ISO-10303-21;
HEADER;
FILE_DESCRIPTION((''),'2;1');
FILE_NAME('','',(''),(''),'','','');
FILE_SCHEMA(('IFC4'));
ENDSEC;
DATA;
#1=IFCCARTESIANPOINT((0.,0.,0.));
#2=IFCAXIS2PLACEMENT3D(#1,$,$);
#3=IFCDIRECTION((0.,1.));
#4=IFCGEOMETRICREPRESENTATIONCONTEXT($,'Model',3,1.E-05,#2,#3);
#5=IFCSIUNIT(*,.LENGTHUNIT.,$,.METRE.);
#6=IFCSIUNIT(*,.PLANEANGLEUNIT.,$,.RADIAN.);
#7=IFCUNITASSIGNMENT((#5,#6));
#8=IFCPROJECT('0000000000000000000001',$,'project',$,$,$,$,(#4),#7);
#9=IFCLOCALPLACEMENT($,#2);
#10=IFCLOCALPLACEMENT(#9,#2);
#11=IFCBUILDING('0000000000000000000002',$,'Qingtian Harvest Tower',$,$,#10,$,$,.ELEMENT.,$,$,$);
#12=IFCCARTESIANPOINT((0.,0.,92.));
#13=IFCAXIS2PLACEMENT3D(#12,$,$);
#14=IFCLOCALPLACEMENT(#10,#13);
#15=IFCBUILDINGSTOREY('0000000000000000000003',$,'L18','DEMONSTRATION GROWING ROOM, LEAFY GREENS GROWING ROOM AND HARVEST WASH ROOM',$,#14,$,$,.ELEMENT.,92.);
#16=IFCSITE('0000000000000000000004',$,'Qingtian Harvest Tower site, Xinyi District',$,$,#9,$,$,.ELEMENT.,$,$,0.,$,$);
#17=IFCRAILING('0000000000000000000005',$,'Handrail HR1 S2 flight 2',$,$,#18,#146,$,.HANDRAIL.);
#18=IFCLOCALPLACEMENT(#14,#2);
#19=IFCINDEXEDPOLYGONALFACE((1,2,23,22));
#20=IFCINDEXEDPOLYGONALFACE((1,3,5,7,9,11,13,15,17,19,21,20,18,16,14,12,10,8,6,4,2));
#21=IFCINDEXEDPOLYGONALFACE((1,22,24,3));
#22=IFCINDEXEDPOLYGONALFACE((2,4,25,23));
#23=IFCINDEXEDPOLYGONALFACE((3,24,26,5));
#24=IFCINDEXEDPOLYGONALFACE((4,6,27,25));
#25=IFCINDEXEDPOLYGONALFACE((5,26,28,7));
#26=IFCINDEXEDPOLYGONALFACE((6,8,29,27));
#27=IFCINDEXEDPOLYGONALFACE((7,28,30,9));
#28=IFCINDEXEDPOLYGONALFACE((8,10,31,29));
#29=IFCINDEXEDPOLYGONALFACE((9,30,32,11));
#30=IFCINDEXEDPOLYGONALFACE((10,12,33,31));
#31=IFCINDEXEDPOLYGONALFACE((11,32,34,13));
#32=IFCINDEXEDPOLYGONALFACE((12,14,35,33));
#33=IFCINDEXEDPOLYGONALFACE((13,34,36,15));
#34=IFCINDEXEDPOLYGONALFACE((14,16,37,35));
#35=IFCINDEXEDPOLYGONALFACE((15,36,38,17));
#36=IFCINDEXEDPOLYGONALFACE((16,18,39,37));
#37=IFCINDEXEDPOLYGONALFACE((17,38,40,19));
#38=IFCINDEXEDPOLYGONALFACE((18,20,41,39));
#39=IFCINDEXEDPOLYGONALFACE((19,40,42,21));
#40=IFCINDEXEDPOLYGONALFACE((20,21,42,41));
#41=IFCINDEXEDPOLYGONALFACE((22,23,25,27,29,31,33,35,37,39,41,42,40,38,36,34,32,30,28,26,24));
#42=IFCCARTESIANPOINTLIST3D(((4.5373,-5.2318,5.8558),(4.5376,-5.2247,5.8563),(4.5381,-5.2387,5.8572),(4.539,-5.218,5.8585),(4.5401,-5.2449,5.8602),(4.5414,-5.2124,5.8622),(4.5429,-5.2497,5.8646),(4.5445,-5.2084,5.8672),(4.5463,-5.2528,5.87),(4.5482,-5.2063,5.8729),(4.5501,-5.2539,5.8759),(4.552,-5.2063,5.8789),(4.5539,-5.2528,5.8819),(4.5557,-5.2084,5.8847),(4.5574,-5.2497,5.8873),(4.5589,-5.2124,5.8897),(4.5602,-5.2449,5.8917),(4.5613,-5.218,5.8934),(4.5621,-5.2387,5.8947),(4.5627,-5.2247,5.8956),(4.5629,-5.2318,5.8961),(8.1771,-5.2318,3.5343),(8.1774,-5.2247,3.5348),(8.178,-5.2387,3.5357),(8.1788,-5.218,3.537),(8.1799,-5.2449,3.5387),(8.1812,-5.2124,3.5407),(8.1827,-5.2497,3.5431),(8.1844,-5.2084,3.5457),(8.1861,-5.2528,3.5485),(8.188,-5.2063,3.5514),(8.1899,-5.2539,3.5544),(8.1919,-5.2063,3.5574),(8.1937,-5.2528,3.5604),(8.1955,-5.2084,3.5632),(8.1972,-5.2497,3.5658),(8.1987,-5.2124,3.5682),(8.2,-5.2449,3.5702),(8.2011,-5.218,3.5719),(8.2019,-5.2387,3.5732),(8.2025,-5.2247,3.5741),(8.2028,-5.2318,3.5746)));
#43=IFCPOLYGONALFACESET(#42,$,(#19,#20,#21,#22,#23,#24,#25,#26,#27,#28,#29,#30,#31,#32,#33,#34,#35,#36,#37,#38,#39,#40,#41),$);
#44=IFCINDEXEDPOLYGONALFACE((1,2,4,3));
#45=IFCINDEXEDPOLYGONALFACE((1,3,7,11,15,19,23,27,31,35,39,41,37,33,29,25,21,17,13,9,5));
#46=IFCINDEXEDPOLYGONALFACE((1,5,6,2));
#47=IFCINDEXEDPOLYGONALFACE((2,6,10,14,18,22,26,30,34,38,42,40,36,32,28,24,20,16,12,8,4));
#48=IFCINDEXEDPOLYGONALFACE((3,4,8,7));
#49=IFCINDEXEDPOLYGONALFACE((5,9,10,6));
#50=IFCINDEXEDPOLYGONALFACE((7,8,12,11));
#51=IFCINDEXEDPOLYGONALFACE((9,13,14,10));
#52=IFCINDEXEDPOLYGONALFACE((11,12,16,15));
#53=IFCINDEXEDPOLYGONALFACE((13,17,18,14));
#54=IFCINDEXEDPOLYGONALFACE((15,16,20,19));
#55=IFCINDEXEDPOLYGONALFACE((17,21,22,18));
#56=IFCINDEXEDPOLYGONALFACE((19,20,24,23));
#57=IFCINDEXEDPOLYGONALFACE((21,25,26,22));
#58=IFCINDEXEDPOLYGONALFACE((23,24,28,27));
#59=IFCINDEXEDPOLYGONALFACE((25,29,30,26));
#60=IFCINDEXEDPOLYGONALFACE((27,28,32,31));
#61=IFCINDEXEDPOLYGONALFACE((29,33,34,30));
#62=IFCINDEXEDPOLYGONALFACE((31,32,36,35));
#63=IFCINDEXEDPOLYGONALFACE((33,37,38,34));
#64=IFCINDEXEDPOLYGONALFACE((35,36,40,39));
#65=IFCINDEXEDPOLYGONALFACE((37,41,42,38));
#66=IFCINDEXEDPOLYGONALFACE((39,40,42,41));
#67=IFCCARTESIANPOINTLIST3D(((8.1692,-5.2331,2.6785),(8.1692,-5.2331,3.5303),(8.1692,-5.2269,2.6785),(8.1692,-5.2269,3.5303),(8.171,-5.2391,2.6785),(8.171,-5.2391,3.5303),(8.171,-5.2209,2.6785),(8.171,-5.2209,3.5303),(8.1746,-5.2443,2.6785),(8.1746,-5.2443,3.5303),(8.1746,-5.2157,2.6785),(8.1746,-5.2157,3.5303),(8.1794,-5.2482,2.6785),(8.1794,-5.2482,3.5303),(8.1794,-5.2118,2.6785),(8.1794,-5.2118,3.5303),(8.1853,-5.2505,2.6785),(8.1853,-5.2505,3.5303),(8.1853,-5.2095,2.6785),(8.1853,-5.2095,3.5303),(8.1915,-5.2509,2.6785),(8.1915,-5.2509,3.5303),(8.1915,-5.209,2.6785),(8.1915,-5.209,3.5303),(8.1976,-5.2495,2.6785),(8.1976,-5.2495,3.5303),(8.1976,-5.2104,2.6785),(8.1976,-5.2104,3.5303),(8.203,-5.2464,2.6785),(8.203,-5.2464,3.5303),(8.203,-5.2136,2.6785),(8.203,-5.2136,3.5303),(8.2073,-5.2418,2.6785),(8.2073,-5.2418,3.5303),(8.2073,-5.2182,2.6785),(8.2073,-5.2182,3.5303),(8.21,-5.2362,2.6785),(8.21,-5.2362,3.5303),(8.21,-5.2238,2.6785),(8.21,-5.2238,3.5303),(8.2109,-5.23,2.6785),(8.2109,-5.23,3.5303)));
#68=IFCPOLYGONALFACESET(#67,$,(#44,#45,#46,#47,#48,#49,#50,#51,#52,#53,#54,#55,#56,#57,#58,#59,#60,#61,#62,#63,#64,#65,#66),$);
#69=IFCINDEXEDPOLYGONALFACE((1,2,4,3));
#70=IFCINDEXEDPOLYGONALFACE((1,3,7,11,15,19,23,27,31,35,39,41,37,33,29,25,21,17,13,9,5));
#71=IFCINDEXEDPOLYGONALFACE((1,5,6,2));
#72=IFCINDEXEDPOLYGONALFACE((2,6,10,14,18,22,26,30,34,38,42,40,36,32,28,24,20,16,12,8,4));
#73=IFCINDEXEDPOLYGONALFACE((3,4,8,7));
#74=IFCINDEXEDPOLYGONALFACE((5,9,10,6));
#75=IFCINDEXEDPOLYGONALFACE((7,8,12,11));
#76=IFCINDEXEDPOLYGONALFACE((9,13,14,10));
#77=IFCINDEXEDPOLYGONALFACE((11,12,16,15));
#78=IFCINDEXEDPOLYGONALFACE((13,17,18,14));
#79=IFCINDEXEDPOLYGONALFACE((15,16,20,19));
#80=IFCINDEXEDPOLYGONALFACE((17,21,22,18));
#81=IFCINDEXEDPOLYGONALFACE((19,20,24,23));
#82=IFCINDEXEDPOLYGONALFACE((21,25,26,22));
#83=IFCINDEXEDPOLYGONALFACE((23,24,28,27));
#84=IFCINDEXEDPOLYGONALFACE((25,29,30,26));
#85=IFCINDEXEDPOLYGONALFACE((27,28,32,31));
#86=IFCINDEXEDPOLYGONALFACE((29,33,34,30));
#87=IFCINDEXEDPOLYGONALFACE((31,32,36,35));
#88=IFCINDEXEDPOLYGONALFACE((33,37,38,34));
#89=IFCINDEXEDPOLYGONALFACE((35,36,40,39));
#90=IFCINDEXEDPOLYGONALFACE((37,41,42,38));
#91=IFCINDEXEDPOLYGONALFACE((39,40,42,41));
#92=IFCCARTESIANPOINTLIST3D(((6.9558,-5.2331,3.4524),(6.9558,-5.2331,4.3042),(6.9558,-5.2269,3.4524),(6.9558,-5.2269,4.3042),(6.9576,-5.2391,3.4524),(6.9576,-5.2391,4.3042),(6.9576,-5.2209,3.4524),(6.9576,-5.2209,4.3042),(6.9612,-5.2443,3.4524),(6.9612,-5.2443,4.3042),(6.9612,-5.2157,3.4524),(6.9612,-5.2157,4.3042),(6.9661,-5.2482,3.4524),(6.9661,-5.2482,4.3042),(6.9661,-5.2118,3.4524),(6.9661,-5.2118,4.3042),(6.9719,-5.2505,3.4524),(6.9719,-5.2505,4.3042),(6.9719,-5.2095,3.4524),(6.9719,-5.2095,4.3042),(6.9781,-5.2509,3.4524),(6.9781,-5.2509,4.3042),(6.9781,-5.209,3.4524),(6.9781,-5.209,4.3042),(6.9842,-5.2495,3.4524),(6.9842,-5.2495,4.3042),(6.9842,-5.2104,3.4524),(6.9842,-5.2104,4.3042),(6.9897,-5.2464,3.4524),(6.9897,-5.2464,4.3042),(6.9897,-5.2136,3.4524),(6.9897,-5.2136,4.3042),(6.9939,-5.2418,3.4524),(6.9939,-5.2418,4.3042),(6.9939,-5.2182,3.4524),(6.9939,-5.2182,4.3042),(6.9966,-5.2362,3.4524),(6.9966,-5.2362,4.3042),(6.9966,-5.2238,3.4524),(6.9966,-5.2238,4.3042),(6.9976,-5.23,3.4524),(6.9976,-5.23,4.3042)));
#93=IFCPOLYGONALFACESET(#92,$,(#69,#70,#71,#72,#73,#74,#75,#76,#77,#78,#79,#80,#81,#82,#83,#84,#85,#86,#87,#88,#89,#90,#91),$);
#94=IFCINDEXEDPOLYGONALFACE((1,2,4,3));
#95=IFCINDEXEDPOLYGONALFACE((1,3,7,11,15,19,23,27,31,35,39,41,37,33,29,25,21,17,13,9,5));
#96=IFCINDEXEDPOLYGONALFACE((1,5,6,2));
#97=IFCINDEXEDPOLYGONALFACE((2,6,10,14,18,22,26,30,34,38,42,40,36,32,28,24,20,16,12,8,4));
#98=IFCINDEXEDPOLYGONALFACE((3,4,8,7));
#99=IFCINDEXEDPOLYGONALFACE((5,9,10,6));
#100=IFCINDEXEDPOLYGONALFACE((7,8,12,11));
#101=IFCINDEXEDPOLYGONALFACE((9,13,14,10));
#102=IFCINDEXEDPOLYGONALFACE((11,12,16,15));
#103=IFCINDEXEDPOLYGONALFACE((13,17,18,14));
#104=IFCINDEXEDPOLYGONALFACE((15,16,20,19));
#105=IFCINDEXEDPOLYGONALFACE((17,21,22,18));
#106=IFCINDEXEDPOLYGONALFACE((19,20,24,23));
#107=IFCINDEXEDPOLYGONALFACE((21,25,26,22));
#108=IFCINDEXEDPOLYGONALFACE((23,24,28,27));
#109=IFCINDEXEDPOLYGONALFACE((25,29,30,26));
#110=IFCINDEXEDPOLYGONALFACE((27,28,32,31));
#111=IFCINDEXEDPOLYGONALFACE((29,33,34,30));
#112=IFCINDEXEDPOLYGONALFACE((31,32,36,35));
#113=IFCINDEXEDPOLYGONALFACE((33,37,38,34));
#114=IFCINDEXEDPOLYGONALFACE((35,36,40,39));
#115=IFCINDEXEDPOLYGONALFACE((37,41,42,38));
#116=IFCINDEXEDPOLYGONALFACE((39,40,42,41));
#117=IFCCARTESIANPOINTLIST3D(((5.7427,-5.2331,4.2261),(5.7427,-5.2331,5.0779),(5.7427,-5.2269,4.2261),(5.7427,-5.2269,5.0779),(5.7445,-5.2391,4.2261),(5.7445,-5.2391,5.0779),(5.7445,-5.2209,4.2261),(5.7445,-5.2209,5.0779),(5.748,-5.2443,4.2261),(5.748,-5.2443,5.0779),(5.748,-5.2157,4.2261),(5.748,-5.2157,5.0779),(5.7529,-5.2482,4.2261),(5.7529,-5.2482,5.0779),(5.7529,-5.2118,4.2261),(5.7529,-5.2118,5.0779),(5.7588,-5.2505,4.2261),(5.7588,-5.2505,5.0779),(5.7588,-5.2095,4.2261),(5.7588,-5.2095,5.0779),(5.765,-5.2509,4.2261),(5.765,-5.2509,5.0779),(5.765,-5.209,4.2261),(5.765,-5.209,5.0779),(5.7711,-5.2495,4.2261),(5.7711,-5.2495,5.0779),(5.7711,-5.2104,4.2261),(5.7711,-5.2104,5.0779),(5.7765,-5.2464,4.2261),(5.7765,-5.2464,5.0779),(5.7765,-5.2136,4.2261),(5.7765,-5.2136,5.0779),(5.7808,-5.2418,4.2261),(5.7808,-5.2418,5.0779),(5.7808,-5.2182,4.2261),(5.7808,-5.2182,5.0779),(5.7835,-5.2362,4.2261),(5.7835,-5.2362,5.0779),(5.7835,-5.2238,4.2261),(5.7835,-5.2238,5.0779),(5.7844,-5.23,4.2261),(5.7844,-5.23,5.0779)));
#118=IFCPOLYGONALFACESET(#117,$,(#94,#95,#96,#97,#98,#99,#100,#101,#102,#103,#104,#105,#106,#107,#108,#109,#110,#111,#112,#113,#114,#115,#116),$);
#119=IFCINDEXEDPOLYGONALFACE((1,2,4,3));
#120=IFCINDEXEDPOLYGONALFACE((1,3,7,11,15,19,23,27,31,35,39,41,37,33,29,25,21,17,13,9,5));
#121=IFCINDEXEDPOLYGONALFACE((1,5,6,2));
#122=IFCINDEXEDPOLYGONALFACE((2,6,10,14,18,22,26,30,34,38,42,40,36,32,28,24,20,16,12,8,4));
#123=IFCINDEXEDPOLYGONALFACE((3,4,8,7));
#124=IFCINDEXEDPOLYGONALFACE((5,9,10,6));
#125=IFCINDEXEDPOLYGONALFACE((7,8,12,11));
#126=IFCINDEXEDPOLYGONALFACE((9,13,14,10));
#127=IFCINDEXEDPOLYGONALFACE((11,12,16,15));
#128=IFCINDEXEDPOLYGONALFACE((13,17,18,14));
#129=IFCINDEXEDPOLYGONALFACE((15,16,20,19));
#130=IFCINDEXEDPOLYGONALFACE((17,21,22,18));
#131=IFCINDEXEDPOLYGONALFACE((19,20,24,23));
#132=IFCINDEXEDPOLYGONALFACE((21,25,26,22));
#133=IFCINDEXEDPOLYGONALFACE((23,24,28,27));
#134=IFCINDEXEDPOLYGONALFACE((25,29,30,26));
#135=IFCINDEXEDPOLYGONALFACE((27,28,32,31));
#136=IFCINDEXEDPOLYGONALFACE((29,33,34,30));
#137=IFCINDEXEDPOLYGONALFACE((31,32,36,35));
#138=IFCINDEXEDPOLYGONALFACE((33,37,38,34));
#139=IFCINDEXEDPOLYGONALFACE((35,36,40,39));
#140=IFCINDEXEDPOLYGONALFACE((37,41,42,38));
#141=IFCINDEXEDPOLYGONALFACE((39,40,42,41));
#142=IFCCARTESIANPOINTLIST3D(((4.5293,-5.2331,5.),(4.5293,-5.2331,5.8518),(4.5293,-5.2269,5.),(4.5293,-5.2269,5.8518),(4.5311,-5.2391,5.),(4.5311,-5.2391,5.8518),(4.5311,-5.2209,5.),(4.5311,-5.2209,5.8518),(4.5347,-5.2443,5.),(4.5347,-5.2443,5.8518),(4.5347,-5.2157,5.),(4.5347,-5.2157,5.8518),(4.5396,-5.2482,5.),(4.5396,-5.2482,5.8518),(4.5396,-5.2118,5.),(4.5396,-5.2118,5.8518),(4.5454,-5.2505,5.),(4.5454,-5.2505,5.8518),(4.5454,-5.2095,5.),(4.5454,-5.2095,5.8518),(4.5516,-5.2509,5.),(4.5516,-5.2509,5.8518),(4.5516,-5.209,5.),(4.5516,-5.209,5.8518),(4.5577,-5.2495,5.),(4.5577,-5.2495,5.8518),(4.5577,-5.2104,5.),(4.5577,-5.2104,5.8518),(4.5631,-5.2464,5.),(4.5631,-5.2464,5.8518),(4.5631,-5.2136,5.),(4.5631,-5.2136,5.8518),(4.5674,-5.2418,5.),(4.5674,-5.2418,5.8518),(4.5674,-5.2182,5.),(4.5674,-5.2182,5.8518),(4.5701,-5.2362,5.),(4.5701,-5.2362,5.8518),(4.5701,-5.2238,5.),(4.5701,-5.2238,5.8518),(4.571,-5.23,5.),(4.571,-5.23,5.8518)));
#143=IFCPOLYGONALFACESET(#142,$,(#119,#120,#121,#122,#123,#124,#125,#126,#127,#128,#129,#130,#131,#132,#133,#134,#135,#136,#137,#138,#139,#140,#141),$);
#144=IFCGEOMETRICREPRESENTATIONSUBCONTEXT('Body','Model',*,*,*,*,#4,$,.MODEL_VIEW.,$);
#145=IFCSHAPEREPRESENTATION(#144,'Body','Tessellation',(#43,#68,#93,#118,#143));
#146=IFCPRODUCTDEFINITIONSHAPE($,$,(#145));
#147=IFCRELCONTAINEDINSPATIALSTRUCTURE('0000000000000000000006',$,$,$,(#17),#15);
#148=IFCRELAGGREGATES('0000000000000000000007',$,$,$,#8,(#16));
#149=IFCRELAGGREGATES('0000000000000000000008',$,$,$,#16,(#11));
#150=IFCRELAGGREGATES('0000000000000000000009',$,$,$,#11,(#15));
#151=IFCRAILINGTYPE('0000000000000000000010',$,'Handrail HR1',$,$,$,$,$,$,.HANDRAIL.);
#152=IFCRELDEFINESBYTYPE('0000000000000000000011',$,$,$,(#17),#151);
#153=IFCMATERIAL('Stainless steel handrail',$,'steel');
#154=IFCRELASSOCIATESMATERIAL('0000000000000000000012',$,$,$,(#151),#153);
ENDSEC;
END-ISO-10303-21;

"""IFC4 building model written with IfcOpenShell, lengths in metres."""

from ifc_helpers import new_model, si_unit, direction, frame, origin, origin_2d, place, context, subcontext, project, spatial, circle, extrude, material, type_object, element, save


model = new_model("IFC4")

# Units and contexts
model_context = context("Model", 3, precision=1e-05, world=origin(), true_north=direction((0.0, 1.0)))
body_context = subcontext(model_context, "Body", "Model", "MODEL_VIEW")
ifc_project = project(units=[si_unit("LENGTHUNIT", "METRE"), si_unit("PLANEANGLEUNIT", "RADIAN")], contexts=[model_context])

# Site, building, storey
site_placement = place(None, origin())
site = spatial("IfcSite", under=ifc_project, at=site_placement, Name="Qingtian Harvest Tower site, Xinyi District", CompositionType="ELEMENT", RefElevation=0.0)
building_placement = place(site_placement, origin())
building = spatial("IfcBuilding", under=site, at=building_placement, Name="Qingtian Harvest Tower", CompositionType="ELEMENT")
storey_placement = place(building_placement, frame((0.0, 0.0, 92.0)))
storey = spatial("IfcBuildingStorey", under=building, at=storey_placement, Name="L18", Description="DEMONSTRATION GROWING ROOM, LEAFY GREENS GROWING ROOM AND HARVEST WASH ROOM", CompositionType="ELEMENT", Elevation=92.0)

# Railing
ifc_material_1 = material(Name="Stainless steel handrail", Category="steel")
railing_type = type_object("IfcRailingType", Name="Handrail HR1", PredefinedType="HANDRAIL", material=ifc_material_1)
railing_1_placement = place(storey_placement, frame((8.1899, -5.23, 2.6785)))
element("IfcRailing", 1, at=railing_1_placement, inside=storey, type_object=railing_type, Name="Handrail HR1 S2 flight 2", PredefinedType="HANDRAIL", context=body_context, shape_type="SweptSolid", body=[
    extrude(circle(Radius=0.0239, at=origin_2d()), frame((0.0, 0.0, 0.876), z_axis=(-0.843112, 0.0, 0.537739), x_axis=(0.0, -1.0, 0.0)), (0.0, 0.0, 1.0), 4.3171),
    extrude(circle(Radius=0.021, at=origin_2d()), origin(), (0.0, 0.0, 1.0), 0.8518),
    extrude(circle(Radius=0.021, at=origin_2d()), frame((-1.2134, 0.0, 0.7739)), (0.0, 0.0, 1.0), 0.8518),
    extrude(circle(Radius=0.021, at=origin_2d()), frame((-2.4265, 0.0, 1.5476)), (0.0, 0.0, 1.0), 0.8518),
    extrude(circle(Radius=0.021, at=origin_2d()), frame((-3.6399, 0.0, 2.3215)), (0.0, 0.0, 1.0), 0.8518),
])

save(model, "model.ifc")
